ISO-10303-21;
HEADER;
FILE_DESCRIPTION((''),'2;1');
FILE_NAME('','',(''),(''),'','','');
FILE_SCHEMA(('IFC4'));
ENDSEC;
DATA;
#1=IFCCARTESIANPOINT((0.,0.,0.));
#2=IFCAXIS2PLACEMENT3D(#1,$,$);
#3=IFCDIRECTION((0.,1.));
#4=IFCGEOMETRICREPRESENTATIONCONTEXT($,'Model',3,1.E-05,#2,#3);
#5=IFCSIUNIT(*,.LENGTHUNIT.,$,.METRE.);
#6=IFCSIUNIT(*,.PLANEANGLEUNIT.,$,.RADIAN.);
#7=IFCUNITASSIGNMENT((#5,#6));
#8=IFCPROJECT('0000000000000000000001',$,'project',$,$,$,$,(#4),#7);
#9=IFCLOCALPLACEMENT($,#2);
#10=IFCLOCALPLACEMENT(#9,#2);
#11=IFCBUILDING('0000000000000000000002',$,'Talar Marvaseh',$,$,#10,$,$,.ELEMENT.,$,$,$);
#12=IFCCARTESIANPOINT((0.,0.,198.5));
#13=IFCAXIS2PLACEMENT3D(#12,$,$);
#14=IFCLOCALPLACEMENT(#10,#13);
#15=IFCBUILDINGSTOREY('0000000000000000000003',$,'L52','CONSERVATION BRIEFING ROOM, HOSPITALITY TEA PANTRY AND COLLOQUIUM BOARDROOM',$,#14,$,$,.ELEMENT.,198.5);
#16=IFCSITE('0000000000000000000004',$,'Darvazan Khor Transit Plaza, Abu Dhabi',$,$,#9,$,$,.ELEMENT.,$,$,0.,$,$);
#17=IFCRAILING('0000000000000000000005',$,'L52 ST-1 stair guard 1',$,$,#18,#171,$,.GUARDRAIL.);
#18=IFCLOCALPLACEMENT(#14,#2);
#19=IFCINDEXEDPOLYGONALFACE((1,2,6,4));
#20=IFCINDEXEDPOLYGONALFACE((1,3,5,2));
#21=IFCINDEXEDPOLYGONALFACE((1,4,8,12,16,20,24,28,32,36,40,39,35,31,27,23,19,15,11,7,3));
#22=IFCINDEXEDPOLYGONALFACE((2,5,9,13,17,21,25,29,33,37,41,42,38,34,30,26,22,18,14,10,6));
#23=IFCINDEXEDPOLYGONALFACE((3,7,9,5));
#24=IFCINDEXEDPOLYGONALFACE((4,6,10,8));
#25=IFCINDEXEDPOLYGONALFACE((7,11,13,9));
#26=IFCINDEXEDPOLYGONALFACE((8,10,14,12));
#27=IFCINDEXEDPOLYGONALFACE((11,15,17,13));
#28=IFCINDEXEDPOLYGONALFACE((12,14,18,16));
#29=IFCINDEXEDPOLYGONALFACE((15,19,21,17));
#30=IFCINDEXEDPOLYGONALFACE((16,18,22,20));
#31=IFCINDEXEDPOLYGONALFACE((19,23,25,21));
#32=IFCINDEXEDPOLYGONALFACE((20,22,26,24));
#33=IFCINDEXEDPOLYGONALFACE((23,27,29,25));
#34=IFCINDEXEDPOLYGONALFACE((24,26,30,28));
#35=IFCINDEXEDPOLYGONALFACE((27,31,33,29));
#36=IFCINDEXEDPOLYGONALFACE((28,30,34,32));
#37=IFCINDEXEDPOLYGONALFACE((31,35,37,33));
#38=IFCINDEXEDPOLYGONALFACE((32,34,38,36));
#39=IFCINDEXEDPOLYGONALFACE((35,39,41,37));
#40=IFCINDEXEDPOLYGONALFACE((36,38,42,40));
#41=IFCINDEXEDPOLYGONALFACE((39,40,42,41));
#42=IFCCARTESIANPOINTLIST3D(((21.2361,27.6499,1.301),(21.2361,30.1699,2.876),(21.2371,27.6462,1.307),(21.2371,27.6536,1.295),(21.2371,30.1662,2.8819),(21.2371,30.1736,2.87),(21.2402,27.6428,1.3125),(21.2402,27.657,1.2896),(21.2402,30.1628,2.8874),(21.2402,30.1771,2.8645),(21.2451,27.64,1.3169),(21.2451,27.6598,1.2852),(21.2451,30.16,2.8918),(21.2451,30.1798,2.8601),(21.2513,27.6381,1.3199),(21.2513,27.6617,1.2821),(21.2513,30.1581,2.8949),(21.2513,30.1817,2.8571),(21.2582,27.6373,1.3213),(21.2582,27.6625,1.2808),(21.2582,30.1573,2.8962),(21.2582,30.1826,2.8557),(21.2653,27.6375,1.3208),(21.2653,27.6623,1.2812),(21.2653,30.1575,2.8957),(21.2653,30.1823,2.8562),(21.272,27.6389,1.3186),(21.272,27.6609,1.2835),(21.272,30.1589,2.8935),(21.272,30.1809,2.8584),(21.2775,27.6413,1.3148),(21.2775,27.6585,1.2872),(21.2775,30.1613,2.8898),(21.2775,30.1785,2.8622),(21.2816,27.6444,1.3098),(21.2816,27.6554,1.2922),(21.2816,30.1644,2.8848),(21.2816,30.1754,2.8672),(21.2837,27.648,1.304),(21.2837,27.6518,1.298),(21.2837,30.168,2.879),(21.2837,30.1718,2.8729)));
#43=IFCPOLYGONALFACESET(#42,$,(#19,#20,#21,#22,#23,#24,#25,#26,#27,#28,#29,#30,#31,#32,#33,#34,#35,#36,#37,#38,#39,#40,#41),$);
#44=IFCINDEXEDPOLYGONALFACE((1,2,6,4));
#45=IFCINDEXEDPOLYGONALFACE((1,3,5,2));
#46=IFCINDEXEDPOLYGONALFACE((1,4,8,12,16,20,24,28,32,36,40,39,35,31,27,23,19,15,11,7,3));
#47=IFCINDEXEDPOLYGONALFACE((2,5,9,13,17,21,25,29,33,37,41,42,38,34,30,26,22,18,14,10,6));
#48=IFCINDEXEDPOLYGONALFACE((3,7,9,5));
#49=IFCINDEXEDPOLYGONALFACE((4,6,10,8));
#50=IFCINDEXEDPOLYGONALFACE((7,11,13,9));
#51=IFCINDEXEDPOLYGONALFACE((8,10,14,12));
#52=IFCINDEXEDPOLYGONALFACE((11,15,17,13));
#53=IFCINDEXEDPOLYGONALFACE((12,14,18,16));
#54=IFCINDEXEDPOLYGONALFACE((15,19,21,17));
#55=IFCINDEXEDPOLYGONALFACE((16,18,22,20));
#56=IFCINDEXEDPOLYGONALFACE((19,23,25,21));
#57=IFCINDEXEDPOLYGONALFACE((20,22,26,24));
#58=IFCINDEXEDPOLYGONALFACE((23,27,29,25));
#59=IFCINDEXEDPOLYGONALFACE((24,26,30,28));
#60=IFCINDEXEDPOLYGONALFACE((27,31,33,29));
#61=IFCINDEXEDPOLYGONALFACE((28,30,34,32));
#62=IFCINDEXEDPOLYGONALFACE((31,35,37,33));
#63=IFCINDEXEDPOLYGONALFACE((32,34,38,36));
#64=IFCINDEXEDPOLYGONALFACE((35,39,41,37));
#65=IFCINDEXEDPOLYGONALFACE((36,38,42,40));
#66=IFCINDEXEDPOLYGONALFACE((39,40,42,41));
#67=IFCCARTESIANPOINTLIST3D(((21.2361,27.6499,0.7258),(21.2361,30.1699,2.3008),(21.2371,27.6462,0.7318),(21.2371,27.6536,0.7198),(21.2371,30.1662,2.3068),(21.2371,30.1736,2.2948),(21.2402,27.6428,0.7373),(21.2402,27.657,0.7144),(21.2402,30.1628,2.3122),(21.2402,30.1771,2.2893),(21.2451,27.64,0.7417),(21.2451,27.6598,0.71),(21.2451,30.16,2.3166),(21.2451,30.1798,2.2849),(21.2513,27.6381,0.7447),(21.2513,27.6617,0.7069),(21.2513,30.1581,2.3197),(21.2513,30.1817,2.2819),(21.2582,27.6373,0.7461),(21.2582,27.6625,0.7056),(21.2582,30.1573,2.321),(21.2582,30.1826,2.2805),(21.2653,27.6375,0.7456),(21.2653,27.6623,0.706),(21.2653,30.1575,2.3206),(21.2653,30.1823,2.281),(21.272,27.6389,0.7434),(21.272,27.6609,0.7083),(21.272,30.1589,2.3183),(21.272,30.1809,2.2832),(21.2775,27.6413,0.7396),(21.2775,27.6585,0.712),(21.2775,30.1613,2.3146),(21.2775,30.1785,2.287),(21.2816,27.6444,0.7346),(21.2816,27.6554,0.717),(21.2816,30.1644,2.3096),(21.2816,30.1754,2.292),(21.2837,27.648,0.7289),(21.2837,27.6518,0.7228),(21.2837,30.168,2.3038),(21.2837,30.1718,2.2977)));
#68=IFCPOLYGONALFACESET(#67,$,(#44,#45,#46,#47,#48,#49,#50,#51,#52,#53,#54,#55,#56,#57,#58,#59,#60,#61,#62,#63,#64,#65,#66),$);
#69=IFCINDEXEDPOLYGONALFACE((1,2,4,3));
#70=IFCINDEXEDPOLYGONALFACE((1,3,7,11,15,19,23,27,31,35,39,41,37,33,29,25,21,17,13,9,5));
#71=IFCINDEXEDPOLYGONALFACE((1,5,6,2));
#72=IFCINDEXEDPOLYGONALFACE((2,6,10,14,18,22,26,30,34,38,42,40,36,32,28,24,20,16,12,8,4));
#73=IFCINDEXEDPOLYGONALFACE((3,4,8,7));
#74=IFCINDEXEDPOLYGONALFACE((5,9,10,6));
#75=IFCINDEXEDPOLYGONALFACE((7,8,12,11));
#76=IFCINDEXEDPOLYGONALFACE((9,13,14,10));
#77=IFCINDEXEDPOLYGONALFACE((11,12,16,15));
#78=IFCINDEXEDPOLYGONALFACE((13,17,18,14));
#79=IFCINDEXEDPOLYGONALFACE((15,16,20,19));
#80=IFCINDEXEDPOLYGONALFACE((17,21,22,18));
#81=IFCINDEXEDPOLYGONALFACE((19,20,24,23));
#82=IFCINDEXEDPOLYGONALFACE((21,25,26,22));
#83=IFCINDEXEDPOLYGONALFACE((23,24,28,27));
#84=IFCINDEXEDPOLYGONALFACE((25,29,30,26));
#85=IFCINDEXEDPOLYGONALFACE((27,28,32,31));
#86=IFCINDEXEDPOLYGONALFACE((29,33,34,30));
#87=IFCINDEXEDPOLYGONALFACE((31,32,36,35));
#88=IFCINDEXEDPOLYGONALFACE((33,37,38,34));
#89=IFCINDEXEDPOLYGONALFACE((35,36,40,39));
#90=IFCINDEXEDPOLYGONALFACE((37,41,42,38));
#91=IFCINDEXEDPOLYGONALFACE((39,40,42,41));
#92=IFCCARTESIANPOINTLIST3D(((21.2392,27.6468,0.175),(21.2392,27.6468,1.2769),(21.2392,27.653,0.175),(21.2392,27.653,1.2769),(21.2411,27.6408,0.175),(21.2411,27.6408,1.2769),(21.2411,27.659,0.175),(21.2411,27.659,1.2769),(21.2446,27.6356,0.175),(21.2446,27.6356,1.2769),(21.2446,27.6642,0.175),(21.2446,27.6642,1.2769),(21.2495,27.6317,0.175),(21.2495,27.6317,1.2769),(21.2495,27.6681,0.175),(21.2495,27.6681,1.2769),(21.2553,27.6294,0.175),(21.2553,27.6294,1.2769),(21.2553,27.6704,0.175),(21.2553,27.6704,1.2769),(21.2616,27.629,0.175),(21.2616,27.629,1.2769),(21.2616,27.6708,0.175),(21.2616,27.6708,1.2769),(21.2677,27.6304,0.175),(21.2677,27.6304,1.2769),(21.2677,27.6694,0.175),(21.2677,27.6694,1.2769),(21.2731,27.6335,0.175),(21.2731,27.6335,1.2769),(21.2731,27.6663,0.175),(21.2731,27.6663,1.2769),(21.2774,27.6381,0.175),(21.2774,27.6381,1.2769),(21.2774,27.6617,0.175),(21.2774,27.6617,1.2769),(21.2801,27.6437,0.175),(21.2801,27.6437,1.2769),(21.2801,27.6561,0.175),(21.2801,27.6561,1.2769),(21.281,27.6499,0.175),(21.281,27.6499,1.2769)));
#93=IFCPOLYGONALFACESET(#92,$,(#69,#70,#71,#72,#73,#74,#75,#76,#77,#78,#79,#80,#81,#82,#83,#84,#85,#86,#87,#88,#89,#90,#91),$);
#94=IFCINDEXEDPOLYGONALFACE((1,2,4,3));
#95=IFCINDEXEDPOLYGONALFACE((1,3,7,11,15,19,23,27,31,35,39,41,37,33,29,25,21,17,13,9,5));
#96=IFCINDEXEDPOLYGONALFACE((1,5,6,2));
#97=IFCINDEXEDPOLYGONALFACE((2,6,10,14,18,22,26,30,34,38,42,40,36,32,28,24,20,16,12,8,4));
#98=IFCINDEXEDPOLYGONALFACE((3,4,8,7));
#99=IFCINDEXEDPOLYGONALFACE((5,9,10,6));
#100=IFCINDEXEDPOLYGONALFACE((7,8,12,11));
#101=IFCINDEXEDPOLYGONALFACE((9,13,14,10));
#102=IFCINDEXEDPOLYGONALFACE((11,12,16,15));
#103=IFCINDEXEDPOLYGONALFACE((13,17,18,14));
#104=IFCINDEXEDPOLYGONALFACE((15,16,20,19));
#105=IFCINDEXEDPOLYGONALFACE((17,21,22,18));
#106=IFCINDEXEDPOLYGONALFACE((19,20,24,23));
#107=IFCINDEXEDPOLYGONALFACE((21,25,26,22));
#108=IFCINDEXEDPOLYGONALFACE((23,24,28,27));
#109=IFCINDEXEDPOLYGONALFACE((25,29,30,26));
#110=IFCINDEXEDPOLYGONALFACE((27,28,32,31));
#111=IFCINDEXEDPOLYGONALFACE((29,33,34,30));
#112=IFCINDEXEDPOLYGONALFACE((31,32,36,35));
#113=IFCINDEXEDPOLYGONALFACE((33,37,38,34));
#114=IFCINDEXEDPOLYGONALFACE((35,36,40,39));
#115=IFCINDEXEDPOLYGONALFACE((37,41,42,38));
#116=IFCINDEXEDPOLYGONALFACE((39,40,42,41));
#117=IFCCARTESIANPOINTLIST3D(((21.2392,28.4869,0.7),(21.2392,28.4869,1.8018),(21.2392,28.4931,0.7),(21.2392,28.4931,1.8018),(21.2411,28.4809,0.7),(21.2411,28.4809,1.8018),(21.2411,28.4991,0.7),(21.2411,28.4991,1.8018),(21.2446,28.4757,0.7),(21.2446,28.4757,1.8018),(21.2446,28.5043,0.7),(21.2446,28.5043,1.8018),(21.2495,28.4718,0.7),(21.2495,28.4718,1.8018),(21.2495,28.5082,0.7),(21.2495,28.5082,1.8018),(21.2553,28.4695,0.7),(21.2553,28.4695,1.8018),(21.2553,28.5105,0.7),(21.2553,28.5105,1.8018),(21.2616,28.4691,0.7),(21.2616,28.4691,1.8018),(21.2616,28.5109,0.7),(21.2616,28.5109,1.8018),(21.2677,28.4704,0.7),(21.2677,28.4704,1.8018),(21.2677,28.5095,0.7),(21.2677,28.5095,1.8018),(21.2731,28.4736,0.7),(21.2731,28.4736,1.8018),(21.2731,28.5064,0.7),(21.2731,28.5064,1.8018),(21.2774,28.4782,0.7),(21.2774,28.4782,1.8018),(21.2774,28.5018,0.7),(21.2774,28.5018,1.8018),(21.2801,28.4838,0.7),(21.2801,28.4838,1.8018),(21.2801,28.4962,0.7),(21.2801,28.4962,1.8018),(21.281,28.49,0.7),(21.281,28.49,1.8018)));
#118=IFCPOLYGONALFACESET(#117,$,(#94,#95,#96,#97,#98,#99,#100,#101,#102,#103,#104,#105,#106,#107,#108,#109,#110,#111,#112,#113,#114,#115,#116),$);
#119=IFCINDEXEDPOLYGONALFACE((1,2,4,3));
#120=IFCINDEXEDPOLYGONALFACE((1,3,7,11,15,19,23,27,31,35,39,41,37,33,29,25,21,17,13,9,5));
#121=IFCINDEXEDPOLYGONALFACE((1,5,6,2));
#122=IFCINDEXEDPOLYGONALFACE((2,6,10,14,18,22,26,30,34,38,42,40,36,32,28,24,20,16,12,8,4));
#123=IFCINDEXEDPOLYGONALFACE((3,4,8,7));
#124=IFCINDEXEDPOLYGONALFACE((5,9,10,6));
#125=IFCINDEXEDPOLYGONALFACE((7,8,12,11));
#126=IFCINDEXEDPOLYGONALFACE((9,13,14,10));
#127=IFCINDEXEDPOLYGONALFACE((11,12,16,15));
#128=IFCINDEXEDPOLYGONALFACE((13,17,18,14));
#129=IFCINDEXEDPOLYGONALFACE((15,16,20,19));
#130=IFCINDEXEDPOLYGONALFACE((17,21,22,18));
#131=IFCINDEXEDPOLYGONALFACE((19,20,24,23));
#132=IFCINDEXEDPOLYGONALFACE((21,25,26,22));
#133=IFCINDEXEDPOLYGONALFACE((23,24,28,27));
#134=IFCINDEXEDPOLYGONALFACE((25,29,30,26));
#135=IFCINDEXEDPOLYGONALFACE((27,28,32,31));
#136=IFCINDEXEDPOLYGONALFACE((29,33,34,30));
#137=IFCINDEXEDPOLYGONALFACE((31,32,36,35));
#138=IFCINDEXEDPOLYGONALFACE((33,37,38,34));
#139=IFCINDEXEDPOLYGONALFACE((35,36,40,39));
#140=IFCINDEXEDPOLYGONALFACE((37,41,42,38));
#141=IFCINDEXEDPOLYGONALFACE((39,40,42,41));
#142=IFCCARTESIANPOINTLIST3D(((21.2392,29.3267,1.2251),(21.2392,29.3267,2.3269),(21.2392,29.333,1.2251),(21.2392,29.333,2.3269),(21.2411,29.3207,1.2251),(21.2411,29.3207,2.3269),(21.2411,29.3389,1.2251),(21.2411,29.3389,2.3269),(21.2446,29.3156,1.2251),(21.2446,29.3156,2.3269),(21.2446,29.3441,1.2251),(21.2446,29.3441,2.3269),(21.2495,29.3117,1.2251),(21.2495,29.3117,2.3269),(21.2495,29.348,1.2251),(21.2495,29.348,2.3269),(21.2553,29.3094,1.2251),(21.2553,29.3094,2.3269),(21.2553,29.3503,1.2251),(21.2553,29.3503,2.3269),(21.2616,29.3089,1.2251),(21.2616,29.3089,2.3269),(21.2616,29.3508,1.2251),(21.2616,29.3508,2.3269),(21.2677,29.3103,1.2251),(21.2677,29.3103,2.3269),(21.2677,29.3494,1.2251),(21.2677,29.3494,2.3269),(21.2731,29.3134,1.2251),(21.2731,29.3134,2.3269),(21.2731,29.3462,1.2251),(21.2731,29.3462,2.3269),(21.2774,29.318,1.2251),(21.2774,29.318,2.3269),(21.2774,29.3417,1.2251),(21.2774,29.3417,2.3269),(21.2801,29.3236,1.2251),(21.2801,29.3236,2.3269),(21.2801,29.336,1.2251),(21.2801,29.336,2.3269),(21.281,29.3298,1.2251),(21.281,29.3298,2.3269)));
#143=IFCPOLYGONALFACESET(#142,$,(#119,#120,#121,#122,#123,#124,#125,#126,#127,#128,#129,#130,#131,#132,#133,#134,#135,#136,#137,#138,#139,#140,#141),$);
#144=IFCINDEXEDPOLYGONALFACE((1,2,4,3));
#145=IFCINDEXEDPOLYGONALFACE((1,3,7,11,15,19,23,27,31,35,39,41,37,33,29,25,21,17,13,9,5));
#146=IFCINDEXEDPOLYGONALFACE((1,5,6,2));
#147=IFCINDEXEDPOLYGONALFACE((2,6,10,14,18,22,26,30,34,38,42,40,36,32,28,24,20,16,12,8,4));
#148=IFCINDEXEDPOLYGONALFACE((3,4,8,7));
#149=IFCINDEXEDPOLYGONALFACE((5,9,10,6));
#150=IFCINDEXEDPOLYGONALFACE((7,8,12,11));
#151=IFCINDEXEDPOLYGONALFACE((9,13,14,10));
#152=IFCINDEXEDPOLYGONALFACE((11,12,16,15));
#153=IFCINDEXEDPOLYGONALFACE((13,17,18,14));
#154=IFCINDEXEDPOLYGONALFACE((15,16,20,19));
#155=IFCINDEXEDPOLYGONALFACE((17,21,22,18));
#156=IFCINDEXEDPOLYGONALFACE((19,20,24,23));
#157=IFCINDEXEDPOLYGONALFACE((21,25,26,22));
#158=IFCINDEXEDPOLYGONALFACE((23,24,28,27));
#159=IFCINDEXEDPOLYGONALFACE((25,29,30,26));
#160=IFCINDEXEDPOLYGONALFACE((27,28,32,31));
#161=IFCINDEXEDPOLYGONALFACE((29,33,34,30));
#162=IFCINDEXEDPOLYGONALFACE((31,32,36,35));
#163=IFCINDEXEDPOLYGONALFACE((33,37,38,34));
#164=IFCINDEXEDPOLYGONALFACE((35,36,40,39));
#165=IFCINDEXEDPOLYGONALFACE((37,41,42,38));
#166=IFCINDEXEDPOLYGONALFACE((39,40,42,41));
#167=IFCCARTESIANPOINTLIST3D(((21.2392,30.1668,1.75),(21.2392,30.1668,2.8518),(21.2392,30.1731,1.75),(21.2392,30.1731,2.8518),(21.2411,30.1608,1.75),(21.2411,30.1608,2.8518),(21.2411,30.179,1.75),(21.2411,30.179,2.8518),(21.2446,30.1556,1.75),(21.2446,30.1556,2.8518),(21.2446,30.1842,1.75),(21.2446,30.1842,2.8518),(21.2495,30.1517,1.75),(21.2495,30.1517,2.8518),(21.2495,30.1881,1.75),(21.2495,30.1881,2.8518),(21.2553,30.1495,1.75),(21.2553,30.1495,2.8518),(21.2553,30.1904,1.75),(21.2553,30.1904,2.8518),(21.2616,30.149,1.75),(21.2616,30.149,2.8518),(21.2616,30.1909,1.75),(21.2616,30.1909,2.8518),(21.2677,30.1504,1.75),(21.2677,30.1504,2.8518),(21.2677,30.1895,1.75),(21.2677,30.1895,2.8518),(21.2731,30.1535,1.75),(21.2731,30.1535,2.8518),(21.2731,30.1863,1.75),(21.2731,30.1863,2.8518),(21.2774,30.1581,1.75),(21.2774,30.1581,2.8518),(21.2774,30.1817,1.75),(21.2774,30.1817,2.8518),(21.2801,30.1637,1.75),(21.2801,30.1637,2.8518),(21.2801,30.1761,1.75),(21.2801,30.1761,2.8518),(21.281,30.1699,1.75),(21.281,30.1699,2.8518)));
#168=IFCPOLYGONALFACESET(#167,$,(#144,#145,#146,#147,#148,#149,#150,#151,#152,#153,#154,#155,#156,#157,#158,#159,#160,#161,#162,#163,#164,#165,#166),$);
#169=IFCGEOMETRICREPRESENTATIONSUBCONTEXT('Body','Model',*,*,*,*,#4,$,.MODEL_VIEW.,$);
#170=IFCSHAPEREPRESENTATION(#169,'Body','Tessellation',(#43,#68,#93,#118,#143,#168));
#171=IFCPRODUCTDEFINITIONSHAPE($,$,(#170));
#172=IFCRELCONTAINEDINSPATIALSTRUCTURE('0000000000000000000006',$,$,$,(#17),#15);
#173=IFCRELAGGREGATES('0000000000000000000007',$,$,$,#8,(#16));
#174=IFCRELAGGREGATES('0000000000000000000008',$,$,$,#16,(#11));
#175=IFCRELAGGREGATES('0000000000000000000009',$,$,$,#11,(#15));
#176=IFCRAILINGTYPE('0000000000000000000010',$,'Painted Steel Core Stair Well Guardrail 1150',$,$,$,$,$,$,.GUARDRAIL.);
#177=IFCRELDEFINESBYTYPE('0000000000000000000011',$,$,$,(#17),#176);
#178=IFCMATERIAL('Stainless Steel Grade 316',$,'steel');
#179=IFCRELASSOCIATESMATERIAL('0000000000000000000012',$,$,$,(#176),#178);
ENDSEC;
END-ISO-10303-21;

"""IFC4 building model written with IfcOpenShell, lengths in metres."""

from ifc_helpers import new_model, si_unit, direction, frame, origin, origin_2d, place, context, subcontext, project, spatial, circle, extrude, material, type_object, element, save


model = new_model("IFC4")

# Units and contexts
model_context = context("Model", 3, precision=1e-05, world=origin(), true_north=direction((0.0, 1.0)))
body_context = subcontext(model_context, "Body", "Model", "MODEL_VIEW")
ifc_project = project(units=[si_unit("LENGTHUNIT", "METRE"), si_unit("PLANEANGLEUNIT", "RADIAN")], contexts=[model_context])

# Site, building, storey
site_placement = place(None, origin())
site = spatial("IfcSite", under=ifc_project, at=site_placement, Name="Darvazan Khor Transit Plaza, Abu Dhabi", CompositionType="ELEMENT", RefElevation=0.0)
building_placement = place(site_placement, origin())
building = spatial("IfcBuilding", under=site, at=building_placement, Name="Talar Marvaseh", CompositionType="ELEMENT")
storey_placement = place(building_placement, frame((0.0, 0.0, 198.5)))
storey = spatial("IfcBuildingStorey", under=building, at=storey_placement, Name="L52", Description="CONSERVATION BRIEFING ROOM, HOSPITALITY TEA PANTRY AND COLLOQUIUM BOARDROOM", CompositionType="ELEMENT", Elevation=198.5)

# Railing
ifc_material_1 = material(Name="Stainless Steel Grade 316", Category="steel")
railing_type_1 = type_object("IfcRailingType", Name="Painted Steel Core Stair Well Guardrail 1150", PredefinedType="GUARDRAIL", material=ifc_material_1)
railing_1_placement = place(storey_placement, frame((21.26, 27.6499, 0.175)))
element("IfcRailing", 1, at=railing_1_placement, inside=storey, type_object=railing_type_1, Name="L52 ST-1 stair guard 1", PredefinedType="GUARDRAIL", context=body_context, shape_type="SweptSolid", body=[
    extrude(circle(Radius=0.0239, at=origin_2d()), frame((0.0, 0.0, 1.126), z_axis=(0.0, 0.848008, 0.529984), x_axis=(-1.0, 0.0, 0.0)), (0.0, 0.0, 1.0), 2.9717),
    extrude(circle(Radius=0.0239, at=origin_2d()), frame((0.0, 0.0, 0.5508), z_axis=(0.0, 0.848008, 0.529984), x_axis=(-1.0, 0.0, 0.0)), (0.0, 0.0, 1.0), 2.9717),
    extrude(circle(Radius=0.021, at=origin_2d()), origin(), (0.0, 0.0, 1.0), 1.1018),
    extrude(circle(Radius=0.021, at=origin_2d()), frame((0.0, 0.8401, 0.5249)), (0.0, 0.0, 1.0), 1.1018),
    extrude(circle(Radius=0.021, at=origin_2d()), frame((0.0, 1.6799, 1.05)), (0.0, 0.0, 1.0), 1.1018),
    extrude(circle(Radius=0.021, at=origin_2d()), frame((0.0, 2.52, 1.575)), (0.0, 0.0, 1.0), 1.1018),
])

save(model, "model.ifc")
